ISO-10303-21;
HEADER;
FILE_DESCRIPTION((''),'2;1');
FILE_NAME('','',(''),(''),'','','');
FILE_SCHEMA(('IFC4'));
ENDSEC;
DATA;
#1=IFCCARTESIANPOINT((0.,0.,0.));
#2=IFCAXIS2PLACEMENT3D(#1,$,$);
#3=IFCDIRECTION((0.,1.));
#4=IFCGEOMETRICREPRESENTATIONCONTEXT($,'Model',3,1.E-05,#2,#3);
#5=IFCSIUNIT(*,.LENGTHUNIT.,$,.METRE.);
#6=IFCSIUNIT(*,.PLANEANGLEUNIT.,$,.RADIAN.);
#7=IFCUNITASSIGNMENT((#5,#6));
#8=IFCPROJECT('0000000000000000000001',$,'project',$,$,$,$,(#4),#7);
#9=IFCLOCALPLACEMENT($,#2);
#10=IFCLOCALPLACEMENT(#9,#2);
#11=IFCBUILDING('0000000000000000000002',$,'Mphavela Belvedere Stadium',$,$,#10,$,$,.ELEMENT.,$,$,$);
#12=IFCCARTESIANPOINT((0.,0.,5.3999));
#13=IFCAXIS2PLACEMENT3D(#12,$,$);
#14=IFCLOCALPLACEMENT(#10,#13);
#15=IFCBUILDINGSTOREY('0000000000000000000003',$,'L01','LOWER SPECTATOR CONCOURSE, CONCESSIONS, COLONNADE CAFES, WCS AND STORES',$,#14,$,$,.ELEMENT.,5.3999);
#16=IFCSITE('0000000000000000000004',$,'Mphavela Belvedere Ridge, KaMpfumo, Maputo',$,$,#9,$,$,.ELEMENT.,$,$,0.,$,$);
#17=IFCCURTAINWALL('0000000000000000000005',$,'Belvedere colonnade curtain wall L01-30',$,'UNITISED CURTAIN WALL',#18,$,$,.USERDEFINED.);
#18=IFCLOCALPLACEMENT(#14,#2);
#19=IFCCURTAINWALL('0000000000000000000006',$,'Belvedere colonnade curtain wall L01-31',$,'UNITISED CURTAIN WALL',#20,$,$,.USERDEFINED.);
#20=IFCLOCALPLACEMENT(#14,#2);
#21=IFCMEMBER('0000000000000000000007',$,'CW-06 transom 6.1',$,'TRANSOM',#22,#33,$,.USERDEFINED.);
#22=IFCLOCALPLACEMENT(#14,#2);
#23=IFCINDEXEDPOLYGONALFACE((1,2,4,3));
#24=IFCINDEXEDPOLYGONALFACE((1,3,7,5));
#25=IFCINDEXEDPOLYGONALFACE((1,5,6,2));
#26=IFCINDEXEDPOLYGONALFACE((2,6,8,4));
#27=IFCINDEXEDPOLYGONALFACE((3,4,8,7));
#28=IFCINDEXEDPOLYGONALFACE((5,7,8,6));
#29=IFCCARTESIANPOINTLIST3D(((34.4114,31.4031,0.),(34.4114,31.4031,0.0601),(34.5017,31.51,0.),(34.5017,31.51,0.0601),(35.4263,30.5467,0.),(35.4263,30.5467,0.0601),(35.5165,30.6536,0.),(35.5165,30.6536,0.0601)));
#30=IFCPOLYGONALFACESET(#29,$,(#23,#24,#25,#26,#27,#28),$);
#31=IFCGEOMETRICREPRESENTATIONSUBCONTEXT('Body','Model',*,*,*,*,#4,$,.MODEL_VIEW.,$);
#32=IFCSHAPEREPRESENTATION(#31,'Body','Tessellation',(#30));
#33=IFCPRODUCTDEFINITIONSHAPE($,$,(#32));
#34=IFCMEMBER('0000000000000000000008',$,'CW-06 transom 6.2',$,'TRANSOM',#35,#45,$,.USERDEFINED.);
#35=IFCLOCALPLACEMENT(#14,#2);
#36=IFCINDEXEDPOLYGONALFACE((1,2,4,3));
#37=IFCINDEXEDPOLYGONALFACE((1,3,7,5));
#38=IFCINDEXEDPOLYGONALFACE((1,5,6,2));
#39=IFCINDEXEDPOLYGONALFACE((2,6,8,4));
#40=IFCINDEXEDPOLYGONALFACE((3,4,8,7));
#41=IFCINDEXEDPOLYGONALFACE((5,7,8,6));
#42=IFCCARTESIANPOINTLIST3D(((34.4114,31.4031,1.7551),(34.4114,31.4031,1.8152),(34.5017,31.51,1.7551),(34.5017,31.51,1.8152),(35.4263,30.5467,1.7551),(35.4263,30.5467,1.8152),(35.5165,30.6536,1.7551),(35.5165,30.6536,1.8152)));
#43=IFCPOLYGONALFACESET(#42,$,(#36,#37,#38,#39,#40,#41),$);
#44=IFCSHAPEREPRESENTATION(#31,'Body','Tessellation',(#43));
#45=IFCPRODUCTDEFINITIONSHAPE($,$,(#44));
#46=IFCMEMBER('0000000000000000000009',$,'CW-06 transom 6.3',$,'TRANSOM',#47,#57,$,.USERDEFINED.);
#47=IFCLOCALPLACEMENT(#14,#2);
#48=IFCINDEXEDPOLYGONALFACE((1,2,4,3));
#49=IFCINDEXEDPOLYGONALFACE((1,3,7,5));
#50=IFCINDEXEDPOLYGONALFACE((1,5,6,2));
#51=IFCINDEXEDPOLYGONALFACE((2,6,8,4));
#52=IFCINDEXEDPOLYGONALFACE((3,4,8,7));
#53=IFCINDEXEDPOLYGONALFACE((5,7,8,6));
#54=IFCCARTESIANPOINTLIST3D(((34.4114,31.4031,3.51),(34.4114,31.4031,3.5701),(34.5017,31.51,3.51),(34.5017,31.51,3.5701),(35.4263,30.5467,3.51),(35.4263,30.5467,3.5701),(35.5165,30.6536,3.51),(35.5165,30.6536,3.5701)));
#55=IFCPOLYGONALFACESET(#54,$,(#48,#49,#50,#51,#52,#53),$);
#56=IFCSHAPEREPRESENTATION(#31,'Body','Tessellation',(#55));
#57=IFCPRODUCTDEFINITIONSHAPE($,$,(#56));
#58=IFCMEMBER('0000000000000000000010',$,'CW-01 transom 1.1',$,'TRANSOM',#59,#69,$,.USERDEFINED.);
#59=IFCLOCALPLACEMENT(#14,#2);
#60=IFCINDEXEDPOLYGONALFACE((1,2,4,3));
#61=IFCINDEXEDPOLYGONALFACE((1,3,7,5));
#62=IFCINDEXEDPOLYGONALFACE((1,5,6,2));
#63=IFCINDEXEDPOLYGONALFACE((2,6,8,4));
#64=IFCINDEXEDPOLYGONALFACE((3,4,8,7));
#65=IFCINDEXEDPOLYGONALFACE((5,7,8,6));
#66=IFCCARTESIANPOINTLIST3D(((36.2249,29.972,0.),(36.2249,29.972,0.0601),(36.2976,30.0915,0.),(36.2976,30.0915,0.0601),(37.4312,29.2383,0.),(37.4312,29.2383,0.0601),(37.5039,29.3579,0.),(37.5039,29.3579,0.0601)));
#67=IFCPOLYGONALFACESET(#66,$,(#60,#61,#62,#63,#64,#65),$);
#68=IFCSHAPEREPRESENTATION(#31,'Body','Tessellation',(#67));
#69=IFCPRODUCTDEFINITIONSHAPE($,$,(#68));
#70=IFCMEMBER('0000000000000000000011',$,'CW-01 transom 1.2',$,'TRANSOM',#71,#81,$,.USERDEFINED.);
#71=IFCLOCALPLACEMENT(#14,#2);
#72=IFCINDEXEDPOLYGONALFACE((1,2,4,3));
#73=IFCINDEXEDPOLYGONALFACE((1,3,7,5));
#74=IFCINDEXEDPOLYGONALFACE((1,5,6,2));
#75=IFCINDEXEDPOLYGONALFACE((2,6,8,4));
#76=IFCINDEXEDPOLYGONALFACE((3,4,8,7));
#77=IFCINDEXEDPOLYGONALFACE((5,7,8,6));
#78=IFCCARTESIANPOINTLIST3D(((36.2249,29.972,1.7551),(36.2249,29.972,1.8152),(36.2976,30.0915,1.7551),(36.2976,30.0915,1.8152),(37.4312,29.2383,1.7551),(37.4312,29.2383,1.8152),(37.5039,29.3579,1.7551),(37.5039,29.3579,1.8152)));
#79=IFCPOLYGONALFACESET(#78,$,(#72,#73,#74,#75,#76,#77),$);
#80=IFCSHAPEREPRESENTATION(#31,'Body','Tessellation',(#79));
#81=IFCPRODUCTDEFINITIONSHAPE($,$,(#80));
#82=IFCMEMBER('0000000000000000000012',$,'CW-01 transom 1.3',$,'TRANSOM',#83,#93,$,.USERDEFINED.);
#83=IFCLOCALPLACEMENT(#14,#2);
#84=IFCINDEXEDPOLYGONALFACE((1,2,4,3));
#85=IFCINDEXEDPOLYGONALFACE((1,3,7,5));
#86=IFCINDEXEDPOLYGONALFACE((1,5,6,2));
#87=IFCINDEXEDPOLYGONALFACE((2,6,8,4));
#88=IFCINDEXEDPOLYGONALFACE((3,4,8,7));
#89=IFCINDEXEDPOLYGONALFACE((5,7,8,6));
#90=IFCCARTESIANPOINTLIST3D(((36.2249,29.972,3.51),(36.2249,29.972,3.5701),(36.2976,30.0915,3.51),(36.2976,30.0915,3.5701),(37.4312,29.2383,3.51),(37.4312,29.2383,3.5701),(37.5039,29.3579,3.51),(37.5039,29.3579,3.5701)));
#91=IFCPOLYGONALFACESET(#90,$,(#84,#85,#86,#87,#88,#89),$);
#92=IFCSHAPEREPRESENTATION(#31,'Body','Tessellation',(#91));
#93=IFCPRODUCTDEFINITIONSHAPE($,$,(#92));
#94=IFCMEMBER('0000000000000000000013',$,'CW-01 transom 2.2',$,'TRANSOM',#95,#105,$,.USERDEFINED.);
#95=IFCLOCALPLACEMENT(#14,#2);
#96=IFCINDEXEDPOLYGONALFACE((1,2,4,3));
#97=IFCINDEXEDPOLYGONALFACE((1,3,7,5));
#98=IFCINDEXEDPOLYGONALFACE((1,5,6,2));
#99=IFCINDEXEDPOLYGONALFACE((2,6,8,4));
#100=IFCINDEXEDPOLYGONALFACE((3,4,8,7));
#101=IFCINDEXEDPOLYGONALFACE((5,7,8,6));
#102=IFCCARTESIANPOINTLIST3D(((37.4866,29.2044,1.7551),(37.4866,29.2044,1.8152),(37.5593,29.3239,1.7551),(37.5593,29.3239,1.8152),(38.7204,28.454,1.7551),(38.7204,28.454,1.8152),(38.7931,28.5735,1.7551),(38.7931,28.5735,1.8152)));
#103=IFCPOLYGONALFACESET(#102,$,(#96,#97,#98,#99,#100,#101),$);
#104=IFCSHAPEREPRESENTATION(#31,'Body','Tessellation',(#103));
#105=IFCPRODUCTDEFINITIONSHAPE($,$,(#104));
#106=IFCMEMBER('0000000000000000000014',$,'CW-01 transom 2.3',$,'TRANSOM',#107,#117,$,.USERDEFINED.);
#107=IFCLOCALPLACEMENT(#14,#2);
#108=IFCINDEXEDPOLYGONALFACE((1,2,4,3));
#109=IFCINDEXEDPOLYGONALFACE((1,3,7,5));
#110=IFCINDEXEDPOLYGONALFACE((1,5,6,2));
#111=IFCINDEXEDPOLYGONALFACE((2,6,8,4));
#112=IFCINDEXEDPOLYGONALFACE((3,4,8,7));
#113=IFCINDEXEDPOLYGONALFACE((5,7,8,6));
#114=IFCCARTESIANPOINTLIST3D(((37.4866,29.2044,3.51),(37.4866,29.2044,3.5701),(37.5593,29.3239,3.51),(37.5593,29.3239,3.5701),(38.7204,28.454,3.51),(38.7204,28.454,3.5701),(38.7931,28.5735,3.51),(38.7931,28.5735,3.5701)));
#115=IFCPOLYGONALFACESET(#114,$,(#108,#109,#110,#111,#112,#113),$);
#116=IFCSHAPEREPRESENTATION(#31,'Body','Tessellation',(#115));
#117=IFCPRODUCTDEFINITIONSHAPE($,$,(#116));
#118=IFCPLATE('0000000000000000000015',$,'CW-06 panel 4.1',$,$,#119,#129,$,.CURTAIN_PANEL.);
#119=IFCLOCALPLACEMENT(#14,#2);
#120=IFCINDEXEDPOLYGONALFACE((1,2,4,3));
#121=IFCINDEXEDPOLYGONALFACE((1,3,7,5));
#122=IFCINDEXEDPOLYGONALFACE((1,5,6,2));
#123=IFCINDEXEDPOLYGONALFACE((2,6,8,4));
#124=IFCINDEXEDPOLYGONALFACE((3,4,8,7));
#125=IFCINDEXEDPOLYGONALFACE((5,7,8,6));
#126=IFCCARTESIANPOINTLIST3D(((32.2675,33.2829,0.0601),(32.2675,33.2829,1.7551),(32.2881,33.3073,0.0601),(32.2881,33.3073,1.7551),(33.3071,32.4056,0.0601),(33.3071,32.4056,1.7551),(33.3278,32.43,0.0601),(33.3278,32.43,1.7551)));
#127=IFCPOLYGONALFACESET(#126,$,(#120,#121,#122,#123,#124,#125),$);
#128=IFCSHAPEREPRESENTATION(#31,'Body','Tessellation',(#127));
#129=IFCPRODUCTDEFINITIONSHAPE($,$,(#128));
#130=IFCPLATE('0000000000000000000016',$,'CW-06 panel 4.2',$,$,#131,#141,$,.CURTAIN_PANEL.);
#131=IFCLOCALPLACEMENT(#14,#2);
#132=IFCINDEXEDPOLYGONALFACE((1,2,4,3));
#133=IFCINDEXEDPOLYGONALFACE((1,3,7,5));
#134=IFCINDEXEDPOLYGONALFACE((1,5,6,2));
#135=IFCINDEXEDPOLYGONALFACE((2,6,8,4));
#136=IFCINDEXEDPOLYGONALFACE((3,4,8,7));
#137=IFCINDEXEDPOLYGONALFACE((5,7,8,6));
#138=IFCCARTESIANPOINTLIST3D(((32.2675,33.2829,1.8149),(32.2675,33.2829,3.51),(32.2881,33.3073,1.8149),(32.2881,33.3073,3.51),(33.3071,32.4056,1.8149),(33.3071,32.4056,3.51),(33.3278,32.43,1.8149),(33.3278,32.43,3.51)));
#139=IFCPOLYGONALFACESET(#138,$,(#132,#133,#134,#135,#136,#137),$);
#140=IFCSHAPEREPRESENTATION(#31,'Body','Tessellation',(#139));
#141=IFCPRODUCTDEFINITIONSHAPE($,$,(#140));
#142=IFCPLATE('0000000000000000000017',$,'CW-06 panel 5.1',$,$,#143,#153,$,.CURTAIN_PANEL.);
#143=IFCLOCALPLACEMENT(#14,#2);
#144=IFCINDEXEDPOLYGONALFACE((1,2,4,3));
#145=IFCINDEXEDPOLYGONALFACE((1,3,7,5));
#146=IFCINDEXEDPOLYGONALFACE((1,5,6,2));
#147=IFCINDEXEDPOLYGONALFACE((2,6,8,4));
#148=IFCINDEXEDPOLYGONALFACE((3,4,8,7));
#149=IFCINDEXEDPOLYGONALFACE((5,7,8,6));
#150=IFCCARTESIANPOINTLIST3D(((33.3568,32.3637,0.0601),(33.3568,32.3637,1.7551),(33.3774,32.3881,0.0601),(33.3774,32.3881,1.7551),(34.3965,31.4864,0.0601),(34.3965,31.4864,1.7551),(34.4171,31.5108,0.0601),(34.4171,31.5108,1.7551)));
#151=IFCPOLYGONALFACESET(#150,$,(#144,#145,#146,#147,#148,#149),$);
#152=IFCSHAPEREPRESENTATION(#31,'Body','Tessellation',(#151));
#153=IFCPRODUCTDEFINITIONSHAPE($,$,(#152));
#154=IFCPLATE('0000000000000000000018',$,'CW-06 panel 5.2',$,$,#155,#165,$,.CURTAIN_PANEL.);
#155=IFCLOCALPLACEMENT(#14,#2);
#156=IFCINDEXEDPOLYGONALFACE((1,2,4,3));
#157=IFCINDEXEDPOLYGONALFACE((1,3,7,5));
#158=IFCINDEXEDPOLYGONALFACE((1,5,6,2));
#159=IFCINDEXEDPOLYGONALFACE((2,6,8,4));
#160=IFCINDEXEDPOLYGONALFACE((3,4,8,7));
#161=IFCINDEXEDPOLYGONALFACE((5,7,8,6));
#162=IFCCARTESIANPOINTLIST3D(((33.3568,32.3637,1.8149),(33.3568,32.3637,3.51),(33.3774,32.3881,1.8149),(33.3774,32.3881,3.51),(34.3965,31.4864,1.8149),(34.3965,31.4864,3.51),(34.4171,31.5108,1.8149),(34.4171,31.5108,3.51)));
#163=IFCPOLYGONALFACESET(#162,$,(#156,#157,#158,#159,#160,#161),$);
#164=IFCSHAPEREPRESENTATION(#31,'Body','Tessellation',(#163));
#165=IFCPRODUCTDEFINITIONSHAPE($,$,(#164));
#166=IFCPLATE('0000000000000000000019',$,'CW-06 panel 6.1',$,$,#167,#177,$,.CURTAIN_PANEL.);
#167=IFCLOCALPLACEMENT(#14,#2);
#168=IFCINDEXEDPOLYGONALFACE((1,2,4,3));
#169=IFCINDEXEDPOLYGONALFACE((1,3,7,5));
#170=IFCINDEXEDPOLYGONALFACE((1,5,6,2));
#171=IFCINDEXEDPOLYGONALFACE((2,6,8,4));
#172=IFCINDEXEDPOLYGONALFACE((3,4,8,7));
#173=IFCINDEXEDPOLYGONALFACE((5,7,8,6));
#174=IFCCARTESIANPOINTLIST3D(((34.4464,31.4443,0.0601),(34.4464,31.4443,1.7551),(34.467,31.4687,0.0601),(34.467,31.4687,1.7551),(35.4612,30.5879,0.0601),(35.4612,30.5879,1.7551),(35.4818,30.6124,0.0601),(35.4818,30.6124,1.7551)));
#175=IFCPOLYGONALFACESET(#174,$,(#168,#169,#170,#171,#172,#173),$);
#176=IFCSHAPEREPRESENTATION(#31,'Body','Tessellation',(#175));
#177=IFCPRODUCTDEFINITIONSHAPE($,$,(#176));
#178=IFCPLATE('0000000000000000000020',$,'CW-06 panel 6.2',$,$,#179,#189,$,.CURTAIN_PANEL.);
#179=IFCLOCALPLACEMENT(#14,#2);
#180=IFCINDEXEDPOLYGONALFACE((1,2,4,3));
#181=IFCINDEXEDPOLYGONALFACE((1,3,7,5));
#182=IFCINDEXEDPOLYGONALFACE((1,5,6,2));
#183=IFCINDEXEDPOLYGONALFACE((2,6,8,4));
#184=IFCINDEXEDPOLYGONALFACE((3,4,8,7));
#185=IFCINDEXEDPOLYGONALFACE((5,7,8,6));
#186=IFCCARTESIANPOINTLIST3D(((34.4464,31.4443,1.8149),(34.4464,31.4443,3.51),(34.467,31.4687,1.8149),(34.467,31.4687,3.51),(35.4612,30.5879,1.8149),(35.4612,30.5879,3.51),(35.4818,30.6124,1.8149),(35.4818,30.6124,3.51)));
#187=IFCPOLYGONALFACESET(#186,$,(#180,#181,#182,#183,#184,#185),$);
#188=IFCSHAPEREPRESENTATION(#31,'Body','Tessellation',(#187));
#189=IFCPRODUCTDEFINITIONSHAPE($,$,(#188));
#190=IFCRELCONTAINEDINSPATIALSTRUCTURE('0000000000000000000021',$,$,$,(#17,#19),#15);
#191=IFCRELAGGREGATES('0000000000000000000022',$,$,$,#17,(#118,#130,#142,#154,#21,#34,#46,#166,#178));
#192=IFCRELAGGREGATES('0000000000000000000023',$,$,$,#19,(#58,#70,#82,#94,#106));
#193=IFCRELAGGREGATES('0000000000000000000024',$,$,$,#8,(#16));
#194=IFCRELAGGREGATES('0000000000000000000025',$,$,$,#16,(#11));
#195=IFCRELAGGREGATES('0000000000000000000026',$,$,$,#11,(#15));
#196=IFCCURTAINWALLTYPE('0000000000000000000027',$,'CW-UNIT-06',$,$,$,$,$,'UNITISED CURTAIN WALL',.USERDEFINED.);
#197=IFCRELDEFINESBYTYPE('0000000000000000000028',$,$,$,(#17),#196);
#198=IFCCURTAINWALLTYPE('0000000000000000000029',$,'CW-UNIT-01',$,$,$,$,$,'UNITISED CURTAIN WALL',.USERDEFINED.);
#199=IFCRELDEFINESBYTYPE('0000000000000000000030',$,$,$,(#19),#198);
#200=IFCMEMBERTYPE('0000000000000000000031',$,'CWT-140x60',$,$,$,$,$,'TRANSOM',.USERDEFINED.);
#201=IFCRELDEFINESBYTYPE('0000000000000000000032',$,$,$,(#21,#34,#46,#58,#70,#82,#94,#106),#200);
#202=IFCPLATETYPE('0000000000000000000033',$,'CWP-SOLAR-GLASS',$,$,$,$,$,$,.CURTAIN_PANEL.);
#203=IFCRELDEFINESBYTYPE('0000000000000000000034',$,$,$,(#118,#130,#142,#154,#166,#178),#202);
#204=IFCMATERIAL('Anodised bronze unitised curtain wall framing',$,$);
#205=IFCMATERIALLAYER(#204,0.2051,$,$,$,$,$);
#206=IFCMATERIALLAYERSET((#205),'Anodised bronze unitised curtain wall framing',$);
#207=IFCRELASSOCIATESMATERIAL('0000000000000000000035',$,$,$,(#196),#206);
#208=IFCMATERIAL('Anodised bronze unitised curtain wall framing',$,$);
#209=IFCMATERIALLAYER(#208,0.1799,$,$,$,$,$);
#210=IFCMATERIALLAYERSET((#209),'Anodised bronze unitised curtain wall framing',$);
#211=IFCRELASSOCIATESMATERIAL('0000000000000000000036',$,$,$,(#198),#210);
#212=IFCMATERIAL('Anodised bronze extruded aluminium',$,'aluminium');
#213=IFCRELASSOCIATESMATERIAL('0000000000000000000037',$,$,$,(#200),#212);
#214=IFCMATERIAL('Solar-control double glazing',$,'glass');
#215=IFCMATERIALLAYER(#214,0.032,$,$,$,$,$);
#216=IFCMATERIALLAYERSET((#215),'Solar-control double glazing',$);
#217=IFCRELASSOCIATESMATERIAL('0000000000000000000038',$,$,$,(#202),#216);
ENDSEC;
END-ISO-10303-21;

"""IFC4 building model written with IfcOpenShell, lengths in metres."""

from ifc_helpers import new_model, si_unit, direction, frame, origin, origin_2d, place, context, subcontext, project, spatial, rectangle, extrude, material, layer, layer_set, material_profile, profile_set, type_object, element, aggregate, save


model = new_model("IFC4")

# Units and contexts
model_context = context("Model", 3, precision=1e-05, world=origin(), true_north=direction((0.0, 1.0)))
body_context = subcontext(model_context, "Body", "Model", "MODEL_VIEW")
ifc_project = project(units=[si_unit("LENGTHUNIT", "METRE"), si_unit("PLANEANGLEUNIT", "RADIAN")], contexts=[model_context])

# Site, building, storey
site_placement = place(None, origin())
site = spatial("IfcSite", under=ifc_project, at=site_placement, Name="Mphavela Belvedere Ridge, KaMpfumo, Maputo", CompositionType="ELEMENT", RefElevation=0.0)
building_placement = place(site_placement, origin())
building = spatial("IfcBuilding", under=site, at=building_placement, Name="Mphavela Belvedere Stadium", CompositionType="ELEMENT")
storey_placement = place(building_placement, frame((0.0, 0.0, 5.3999)))
storey = spatial("IfcBuildingStorey", under=building, at=storey_placement, Name="L01", Description="LOWER SPECTATOR CONCOURSE, CONCESSIONS, COLONNADE CAFES, WCS AND STORES", CompositionType="ELEMENT", Elevation=5.3999)

# Curtain walls
ifc_material_1 = material(Name="Anodised bronze unitised curtain wall framing")
ifc_layer_1 = layer(ifc_material_1, 0.2051)
ifc_layer_set_1 = layer_set([ifc_layer_1], Name="Anodised bronze unitised curtain wall framing")
curtain_wall_type_1 = type_object("IfcCurtainWallType", Name="CW-UNIT-06", ElementType="UNITISED CURTAIN WALL", PredefinedType="USERDEFINED", material=ifc_layer_set_1)
curtain_wall_1_placement = place(storey_placement, origin())
curtain_wall_1 = element("IfcCurtainWall", 1, at=curtain_wall_1_placement, inside=storey, type_object=curtain_wall_type_1, Name="Belvedere colonnade curtain wall L01-30", ObjectType="UNITISED CURTAIN WALL", PredefinedType="USERDEFINED")
ifc_material_2 = material(Name="Anodised bronze unitised curtain wall framing")
ifc_layer_2 = layer(ifc_material_2, 0.1799)
ifc_layer_set_2 = layer_set([ifc_layer_2], Name="Anodised bronze unitised curtain wall framing")
curtain_wall_type_2 = type_object("IfcCurtainWallType", Name="CW-UNIT-01", ElementType="UNITISED CURTAIN WALL", PredefinedType="USERDEFINED", material=ifc_layer_set_2)
curtain_wall_2_placement = place(storey_placement, origin())
curtain_wall_2 = element("IfcCurtainWall", 2, at=curtain_wall_2_placement, inside=storey, type_object=curtain_wall_type_2, Name="Belvedere colonnade curtain wall L01-31", ObjectType="UNITISED CURTAIN WALL", PredefinedType="USERDEFINED")

# Members
ifc_material_3 = material(Name="Anodised bronze extruded aluminium", Category="aluminium")
ifc_material_profile_1 = material_profile(ifc_material_3, rectangle(XDim=0.1399, YDim=0.0601, at=origin_2d()), Name="CW-TRN 140x60")
ifc_profile_set_1 = profile_set([ifc_material_profile_1], Name="Anodised bronze extruded aluminium")
member_type_1 = type_object("IfcMemberType", Name="CWT-140x60", ElementType="TRANSOM", PredefinedType="USERDEFINED", material=ifc_profile_set_1)
member_1_placement = place(storey_placement, frame((34.4565, 31.4565, 0.03), z_axis=(0.764243, -0.644928, 0.0), x_axis=(0.644928, 0.764243, 0.0)))
member_1 = element("IfcMember", 3, at=member_1_placement, type_object=member_type_1, Name="CW-06 transom 6.1", ObjectType="TRANSOM", PredefinedType="USERDEFINED", context=body_context, shape_type="SweptSolid", body=[
    extrude(rectangle(XDim=0.1399, YDim=0.0601, at=origin_2d()), origin(), (0.0, 0.0, 1.0), 1.3279),
])
member_2_placement = place(storey_placement, frame((34.4565, 31.4565, 1.7852), z_axis=(0.764243, -0.644928, 0.0), x_axis=(0.644928, 0.764243, 0.0)))
member_2 = element("IfcMember", 4, at=member_2_placement, type_object=member_type_1, Name="CW-06 transom 6.2", ObjectType="TRANSOM", PredefinedType="USERDEFINED", context=body_context, shape_type="SweptSolid", body=[
    extrude(rectangle(XDim=0.1399, YDim=0.0601, at=origin_2d()), origin(), (0.0, 0.0, 1.0), 1.3279),
])
member_3_placement = place(storey_placement, frame((34.4565, 31.4565, 3.54), z_axis=(0.764243, -0.644928, 0.0), x_axis=(0.644928, 0.764243, 0.0)))
member_3 = element("IfcMember", 5, at=member_3_placement, type_object=member_type_1, Name="CW-06 transom 6.3", ObjectType="TRANSOM", PredefinedType="USERDEFINED", context=body_context, shape_type="SweptSolid", body=[
    extrude(rectangle(XDim=0.1399, YDim=0.0601, at=origin_2d()), origin(), (0.0, 0.0, 1.0), 1.3279),
])
member_4_placement = place(storey_placement, frame((36.2612, 30.0317, 0.03), z_axis=(0.854396, -0.519623, 0.0), x_axis=(0.519623, 0.854396, 0.0)))
member_4 = element("IfcMember", 6, at=member_4_placement, type_object=member_type_1, Name="CW-01 transom 1.1", ObjectType="TRANSOM", PredefinedType="USERDEFINED", context=body_context, shape_type="SweptSolid", body=[
    extrude(rectangle(XDim=0.1399, YDim=0.0601, at=origin_2d()), origin(), (0.0, 0.0, 1.0), 1.4119),
])
member_5_placement = place(storey_placement, frame((36.2612, 30.0317, 1.7852), z_axis=(0.854396, -0.519623, 0.0), x_axis=(0.519623, 0.854396, 0.0)))
member_5 = element("IfcMember", 7, at=member_5_placement, type_object=member_type_1, Name="CW-01 transom 1.2", ObjectType="TRANSOM", PredefinedType="USERDEFINED", context=body_context, shape_type="SweptSolid", body=[
    extrude(rectangle(XDim=0.1399, YDim=0.0601, at=origin_2d()), origin(), (0.0, 0.0, 1.0), 1.4119),
])
member_6_placement = place(storey_placement, frame((36.2612, 30.0317, 3.54), z_axis=(0.854396, -0.519623, 0.0), x_axis=(0.519623, 0.854396, 0.0)))
member_6 = element("IfcMember", 8, at=member_6_placement, type_object=member_type_1, Name="CW-01 transom 1.3", ObjectType="TRANSOM", PredefinedType="USERDEFINED", context=body_context, shape_type="SweptSolid", body=[
    extrude(rectangle(XDim=0.1399, YDim=0.0601, at=origin_2d()), origin(), (0.0, 0.0, 1.0), 1.4119),
])
member_7_placement = place(storey_placement, frame((37.5229, 29.2642, 1.7852), z_axis=(0.854375, -0.519657, 0.0), x_axis=(0.519657, 0.854375, 0.0)))
member_7 = element("IfcMember", 9, at=member_7_placement, type_object=member_type_1, Name="CW-01 transom 2.2", ObjectType="TRANSOM", PredefinedType="USERDEFINED", context=body_context, shape_type="SweptSolid", body=[
    extrude(rectangle(XDim=0.1399, YDim=0.0601, at=origin_2d()), origin(), (0.0, 0.0, 1.0), 1.4441),
])
member_8_placement = place(storey_placement, frame((37.5229, 29.2642, 3.54), z_axis=(0.854375, -0.519657, 0.0), x_axis=(0.519657, 0.854375, 0.0)))
member_8 = element("IfcMember", 10, at=member_8_placement, type_object=member_type_1, Name="CW-01 transom 2.3", ObjectType="TRANSOM", PredefinedType="USERDEFINED", context=body_context, shape_type="SweptSolid", body=[
    extrude(rectangle(XDim=0.1399, YDim=0.0601, at=origin_2d()), origin(), (0.0, 0.0, 1.0), 1.4441),
])

# Plates
ifc_material_4 = material(Name="Solar-control double glazing", Category="glass")
ifc_layer_3 = layer(ifc_material_4, 0.032)
ifc_layer_set_3 = layer_set([ifc_layer_3], Name="Solar-control double glazing")
plate_type = type_object("IfcPlateType", Name="CWP-SOLAR-GLASS", PredefinedType="CURTAIN_PANEL", material=ifc_layer_set_3)
plate_1_placement = place(storey_placement, frame((32.7976, 32.8564, 0.0601), z_axis=(0.0, 0.0, 1.0), x_axis=(0.764259, -0.64491, 0.0)))
plate_1 = element("IfcPlate", 11, at=plate_1_placement, type_object=plate_type, Name="CW-06 panel 4.1", PredefinedType="CURTAIN_PANEL", context=body_context, shape_type="SweptSolid", body=[
    extrude(rectangle(XDim=1.3604, YDim=0.032, at=origin_2d()), origin(), (0.0, 0.0, 1.0), 1.6951),
])
plate_2_placement = place(storey_placement, frame((32.7976, 32.8564, 1.8149), z_axis=(0.0, 0.0, 1.0), x_axis=(0.764259, -0.64491, 0.0)))
plate_2 = element("IfcPlate", 12, at=plate_2_placement, type_object=plate_type, Name="CW-06 panel 4.2", PredefinedType="CURTAIN_PANEL", context=body_context, shape_type="SweptSolid", body=[
    extrude(rectangle(XDim=1.3604, YDim=0.032, at=origin_2d()), origin(), (0.0, 0.0, 1.0), 1.6951),
])
plate_3_placement = place(storey_placement, frame((33.887, 31.9373, 0.0601), z_axis=(0.0, 0.0, 1.0), x_axis=(0.764259, -0.64491, 0.0)))
plate_3 = element("IfcPlate", 13, at=plate_3_placement, type_object=plate_type, Name="CW-06 panel 5.1", PredefinedType="CURTAIN_PANEL", context=body_context, shape_type="SweptSolid", body=[
    extrude(rectangle(XDim=1.3604, YDim=0.032, at=origin_2d()), origin(), (0.0, 0.0, 1.0), 1.6951),
])
plate_4_placement = place(storey_placement, frame((33.887, 31.9373, 1.8149), z_axis=(0.0, 0.0, 1.0), x_axis=(0.764259, -0.64491, 0.0)))
plate_4 = element("IfcPlate", 14, at=plate_4_placement, type_object=plate_type, Name="CW-06 panel 5.2", PredefinedType="CURTAIN_PANEL", context=body_context, shape_type="SweptSolid", body=[
    extrude(rectangle(XDim=1.3604, YDim=0.032, at=origin_2d()), origin(), (0.0, 0.0, 1.0), 1.6951),
])
plate_5_placement = place(storey_placement, frame((34.9641, 31.0283, 0.0601), z_axis=(0.0, 0.0, 1.0), x_axis=(0.764259, -0.64491, 0.0)))
plate_5 = element("IfcPlate", 15, at=plate_5_placement, type_object=plate_type, Name="CW-06 panel 6.1", PredefinedType="CURTAIN_PANEL", context=body_context, shape_type="SweptSolid", body=[
    extrude(rectangle(XDim=1.3279, YDim=0.032, at=origin_2d()), origin(), (0.0, 0.0, 1.0), 1.6951),
])
plate_6_placement = place(storey_placement, frame((34.9641, 31.0283, 1.8149), z_axis=(0.0, 0.0, 1.0), x_axis=(0.764259, -0.64491, 0.0)))
plate_6 = element("IfcPlate", 16, at=plate_6_placement, type_object=plate_type, Name="CW-06 panel 6.2", PredefinedType="CURTAIN_PANEL", context=body_context, shape_type="SweptSolid", body=[
    extrude(rectangle(XDim=1.3279, YDim=0.032, at=origin_2d()), origin(), (0.0, 0.0, 1.0), 1.6951),
])
aggregate(curtain_wall_1, [plate_1, plate_2, plate_3, plate_4, member_1, member_2, member_3, plate_5, plate_6])
aggregate(curtain_wall_2, [member_4, member_5, member_6, member_7, member_8])

save(model, "model.ifc")
